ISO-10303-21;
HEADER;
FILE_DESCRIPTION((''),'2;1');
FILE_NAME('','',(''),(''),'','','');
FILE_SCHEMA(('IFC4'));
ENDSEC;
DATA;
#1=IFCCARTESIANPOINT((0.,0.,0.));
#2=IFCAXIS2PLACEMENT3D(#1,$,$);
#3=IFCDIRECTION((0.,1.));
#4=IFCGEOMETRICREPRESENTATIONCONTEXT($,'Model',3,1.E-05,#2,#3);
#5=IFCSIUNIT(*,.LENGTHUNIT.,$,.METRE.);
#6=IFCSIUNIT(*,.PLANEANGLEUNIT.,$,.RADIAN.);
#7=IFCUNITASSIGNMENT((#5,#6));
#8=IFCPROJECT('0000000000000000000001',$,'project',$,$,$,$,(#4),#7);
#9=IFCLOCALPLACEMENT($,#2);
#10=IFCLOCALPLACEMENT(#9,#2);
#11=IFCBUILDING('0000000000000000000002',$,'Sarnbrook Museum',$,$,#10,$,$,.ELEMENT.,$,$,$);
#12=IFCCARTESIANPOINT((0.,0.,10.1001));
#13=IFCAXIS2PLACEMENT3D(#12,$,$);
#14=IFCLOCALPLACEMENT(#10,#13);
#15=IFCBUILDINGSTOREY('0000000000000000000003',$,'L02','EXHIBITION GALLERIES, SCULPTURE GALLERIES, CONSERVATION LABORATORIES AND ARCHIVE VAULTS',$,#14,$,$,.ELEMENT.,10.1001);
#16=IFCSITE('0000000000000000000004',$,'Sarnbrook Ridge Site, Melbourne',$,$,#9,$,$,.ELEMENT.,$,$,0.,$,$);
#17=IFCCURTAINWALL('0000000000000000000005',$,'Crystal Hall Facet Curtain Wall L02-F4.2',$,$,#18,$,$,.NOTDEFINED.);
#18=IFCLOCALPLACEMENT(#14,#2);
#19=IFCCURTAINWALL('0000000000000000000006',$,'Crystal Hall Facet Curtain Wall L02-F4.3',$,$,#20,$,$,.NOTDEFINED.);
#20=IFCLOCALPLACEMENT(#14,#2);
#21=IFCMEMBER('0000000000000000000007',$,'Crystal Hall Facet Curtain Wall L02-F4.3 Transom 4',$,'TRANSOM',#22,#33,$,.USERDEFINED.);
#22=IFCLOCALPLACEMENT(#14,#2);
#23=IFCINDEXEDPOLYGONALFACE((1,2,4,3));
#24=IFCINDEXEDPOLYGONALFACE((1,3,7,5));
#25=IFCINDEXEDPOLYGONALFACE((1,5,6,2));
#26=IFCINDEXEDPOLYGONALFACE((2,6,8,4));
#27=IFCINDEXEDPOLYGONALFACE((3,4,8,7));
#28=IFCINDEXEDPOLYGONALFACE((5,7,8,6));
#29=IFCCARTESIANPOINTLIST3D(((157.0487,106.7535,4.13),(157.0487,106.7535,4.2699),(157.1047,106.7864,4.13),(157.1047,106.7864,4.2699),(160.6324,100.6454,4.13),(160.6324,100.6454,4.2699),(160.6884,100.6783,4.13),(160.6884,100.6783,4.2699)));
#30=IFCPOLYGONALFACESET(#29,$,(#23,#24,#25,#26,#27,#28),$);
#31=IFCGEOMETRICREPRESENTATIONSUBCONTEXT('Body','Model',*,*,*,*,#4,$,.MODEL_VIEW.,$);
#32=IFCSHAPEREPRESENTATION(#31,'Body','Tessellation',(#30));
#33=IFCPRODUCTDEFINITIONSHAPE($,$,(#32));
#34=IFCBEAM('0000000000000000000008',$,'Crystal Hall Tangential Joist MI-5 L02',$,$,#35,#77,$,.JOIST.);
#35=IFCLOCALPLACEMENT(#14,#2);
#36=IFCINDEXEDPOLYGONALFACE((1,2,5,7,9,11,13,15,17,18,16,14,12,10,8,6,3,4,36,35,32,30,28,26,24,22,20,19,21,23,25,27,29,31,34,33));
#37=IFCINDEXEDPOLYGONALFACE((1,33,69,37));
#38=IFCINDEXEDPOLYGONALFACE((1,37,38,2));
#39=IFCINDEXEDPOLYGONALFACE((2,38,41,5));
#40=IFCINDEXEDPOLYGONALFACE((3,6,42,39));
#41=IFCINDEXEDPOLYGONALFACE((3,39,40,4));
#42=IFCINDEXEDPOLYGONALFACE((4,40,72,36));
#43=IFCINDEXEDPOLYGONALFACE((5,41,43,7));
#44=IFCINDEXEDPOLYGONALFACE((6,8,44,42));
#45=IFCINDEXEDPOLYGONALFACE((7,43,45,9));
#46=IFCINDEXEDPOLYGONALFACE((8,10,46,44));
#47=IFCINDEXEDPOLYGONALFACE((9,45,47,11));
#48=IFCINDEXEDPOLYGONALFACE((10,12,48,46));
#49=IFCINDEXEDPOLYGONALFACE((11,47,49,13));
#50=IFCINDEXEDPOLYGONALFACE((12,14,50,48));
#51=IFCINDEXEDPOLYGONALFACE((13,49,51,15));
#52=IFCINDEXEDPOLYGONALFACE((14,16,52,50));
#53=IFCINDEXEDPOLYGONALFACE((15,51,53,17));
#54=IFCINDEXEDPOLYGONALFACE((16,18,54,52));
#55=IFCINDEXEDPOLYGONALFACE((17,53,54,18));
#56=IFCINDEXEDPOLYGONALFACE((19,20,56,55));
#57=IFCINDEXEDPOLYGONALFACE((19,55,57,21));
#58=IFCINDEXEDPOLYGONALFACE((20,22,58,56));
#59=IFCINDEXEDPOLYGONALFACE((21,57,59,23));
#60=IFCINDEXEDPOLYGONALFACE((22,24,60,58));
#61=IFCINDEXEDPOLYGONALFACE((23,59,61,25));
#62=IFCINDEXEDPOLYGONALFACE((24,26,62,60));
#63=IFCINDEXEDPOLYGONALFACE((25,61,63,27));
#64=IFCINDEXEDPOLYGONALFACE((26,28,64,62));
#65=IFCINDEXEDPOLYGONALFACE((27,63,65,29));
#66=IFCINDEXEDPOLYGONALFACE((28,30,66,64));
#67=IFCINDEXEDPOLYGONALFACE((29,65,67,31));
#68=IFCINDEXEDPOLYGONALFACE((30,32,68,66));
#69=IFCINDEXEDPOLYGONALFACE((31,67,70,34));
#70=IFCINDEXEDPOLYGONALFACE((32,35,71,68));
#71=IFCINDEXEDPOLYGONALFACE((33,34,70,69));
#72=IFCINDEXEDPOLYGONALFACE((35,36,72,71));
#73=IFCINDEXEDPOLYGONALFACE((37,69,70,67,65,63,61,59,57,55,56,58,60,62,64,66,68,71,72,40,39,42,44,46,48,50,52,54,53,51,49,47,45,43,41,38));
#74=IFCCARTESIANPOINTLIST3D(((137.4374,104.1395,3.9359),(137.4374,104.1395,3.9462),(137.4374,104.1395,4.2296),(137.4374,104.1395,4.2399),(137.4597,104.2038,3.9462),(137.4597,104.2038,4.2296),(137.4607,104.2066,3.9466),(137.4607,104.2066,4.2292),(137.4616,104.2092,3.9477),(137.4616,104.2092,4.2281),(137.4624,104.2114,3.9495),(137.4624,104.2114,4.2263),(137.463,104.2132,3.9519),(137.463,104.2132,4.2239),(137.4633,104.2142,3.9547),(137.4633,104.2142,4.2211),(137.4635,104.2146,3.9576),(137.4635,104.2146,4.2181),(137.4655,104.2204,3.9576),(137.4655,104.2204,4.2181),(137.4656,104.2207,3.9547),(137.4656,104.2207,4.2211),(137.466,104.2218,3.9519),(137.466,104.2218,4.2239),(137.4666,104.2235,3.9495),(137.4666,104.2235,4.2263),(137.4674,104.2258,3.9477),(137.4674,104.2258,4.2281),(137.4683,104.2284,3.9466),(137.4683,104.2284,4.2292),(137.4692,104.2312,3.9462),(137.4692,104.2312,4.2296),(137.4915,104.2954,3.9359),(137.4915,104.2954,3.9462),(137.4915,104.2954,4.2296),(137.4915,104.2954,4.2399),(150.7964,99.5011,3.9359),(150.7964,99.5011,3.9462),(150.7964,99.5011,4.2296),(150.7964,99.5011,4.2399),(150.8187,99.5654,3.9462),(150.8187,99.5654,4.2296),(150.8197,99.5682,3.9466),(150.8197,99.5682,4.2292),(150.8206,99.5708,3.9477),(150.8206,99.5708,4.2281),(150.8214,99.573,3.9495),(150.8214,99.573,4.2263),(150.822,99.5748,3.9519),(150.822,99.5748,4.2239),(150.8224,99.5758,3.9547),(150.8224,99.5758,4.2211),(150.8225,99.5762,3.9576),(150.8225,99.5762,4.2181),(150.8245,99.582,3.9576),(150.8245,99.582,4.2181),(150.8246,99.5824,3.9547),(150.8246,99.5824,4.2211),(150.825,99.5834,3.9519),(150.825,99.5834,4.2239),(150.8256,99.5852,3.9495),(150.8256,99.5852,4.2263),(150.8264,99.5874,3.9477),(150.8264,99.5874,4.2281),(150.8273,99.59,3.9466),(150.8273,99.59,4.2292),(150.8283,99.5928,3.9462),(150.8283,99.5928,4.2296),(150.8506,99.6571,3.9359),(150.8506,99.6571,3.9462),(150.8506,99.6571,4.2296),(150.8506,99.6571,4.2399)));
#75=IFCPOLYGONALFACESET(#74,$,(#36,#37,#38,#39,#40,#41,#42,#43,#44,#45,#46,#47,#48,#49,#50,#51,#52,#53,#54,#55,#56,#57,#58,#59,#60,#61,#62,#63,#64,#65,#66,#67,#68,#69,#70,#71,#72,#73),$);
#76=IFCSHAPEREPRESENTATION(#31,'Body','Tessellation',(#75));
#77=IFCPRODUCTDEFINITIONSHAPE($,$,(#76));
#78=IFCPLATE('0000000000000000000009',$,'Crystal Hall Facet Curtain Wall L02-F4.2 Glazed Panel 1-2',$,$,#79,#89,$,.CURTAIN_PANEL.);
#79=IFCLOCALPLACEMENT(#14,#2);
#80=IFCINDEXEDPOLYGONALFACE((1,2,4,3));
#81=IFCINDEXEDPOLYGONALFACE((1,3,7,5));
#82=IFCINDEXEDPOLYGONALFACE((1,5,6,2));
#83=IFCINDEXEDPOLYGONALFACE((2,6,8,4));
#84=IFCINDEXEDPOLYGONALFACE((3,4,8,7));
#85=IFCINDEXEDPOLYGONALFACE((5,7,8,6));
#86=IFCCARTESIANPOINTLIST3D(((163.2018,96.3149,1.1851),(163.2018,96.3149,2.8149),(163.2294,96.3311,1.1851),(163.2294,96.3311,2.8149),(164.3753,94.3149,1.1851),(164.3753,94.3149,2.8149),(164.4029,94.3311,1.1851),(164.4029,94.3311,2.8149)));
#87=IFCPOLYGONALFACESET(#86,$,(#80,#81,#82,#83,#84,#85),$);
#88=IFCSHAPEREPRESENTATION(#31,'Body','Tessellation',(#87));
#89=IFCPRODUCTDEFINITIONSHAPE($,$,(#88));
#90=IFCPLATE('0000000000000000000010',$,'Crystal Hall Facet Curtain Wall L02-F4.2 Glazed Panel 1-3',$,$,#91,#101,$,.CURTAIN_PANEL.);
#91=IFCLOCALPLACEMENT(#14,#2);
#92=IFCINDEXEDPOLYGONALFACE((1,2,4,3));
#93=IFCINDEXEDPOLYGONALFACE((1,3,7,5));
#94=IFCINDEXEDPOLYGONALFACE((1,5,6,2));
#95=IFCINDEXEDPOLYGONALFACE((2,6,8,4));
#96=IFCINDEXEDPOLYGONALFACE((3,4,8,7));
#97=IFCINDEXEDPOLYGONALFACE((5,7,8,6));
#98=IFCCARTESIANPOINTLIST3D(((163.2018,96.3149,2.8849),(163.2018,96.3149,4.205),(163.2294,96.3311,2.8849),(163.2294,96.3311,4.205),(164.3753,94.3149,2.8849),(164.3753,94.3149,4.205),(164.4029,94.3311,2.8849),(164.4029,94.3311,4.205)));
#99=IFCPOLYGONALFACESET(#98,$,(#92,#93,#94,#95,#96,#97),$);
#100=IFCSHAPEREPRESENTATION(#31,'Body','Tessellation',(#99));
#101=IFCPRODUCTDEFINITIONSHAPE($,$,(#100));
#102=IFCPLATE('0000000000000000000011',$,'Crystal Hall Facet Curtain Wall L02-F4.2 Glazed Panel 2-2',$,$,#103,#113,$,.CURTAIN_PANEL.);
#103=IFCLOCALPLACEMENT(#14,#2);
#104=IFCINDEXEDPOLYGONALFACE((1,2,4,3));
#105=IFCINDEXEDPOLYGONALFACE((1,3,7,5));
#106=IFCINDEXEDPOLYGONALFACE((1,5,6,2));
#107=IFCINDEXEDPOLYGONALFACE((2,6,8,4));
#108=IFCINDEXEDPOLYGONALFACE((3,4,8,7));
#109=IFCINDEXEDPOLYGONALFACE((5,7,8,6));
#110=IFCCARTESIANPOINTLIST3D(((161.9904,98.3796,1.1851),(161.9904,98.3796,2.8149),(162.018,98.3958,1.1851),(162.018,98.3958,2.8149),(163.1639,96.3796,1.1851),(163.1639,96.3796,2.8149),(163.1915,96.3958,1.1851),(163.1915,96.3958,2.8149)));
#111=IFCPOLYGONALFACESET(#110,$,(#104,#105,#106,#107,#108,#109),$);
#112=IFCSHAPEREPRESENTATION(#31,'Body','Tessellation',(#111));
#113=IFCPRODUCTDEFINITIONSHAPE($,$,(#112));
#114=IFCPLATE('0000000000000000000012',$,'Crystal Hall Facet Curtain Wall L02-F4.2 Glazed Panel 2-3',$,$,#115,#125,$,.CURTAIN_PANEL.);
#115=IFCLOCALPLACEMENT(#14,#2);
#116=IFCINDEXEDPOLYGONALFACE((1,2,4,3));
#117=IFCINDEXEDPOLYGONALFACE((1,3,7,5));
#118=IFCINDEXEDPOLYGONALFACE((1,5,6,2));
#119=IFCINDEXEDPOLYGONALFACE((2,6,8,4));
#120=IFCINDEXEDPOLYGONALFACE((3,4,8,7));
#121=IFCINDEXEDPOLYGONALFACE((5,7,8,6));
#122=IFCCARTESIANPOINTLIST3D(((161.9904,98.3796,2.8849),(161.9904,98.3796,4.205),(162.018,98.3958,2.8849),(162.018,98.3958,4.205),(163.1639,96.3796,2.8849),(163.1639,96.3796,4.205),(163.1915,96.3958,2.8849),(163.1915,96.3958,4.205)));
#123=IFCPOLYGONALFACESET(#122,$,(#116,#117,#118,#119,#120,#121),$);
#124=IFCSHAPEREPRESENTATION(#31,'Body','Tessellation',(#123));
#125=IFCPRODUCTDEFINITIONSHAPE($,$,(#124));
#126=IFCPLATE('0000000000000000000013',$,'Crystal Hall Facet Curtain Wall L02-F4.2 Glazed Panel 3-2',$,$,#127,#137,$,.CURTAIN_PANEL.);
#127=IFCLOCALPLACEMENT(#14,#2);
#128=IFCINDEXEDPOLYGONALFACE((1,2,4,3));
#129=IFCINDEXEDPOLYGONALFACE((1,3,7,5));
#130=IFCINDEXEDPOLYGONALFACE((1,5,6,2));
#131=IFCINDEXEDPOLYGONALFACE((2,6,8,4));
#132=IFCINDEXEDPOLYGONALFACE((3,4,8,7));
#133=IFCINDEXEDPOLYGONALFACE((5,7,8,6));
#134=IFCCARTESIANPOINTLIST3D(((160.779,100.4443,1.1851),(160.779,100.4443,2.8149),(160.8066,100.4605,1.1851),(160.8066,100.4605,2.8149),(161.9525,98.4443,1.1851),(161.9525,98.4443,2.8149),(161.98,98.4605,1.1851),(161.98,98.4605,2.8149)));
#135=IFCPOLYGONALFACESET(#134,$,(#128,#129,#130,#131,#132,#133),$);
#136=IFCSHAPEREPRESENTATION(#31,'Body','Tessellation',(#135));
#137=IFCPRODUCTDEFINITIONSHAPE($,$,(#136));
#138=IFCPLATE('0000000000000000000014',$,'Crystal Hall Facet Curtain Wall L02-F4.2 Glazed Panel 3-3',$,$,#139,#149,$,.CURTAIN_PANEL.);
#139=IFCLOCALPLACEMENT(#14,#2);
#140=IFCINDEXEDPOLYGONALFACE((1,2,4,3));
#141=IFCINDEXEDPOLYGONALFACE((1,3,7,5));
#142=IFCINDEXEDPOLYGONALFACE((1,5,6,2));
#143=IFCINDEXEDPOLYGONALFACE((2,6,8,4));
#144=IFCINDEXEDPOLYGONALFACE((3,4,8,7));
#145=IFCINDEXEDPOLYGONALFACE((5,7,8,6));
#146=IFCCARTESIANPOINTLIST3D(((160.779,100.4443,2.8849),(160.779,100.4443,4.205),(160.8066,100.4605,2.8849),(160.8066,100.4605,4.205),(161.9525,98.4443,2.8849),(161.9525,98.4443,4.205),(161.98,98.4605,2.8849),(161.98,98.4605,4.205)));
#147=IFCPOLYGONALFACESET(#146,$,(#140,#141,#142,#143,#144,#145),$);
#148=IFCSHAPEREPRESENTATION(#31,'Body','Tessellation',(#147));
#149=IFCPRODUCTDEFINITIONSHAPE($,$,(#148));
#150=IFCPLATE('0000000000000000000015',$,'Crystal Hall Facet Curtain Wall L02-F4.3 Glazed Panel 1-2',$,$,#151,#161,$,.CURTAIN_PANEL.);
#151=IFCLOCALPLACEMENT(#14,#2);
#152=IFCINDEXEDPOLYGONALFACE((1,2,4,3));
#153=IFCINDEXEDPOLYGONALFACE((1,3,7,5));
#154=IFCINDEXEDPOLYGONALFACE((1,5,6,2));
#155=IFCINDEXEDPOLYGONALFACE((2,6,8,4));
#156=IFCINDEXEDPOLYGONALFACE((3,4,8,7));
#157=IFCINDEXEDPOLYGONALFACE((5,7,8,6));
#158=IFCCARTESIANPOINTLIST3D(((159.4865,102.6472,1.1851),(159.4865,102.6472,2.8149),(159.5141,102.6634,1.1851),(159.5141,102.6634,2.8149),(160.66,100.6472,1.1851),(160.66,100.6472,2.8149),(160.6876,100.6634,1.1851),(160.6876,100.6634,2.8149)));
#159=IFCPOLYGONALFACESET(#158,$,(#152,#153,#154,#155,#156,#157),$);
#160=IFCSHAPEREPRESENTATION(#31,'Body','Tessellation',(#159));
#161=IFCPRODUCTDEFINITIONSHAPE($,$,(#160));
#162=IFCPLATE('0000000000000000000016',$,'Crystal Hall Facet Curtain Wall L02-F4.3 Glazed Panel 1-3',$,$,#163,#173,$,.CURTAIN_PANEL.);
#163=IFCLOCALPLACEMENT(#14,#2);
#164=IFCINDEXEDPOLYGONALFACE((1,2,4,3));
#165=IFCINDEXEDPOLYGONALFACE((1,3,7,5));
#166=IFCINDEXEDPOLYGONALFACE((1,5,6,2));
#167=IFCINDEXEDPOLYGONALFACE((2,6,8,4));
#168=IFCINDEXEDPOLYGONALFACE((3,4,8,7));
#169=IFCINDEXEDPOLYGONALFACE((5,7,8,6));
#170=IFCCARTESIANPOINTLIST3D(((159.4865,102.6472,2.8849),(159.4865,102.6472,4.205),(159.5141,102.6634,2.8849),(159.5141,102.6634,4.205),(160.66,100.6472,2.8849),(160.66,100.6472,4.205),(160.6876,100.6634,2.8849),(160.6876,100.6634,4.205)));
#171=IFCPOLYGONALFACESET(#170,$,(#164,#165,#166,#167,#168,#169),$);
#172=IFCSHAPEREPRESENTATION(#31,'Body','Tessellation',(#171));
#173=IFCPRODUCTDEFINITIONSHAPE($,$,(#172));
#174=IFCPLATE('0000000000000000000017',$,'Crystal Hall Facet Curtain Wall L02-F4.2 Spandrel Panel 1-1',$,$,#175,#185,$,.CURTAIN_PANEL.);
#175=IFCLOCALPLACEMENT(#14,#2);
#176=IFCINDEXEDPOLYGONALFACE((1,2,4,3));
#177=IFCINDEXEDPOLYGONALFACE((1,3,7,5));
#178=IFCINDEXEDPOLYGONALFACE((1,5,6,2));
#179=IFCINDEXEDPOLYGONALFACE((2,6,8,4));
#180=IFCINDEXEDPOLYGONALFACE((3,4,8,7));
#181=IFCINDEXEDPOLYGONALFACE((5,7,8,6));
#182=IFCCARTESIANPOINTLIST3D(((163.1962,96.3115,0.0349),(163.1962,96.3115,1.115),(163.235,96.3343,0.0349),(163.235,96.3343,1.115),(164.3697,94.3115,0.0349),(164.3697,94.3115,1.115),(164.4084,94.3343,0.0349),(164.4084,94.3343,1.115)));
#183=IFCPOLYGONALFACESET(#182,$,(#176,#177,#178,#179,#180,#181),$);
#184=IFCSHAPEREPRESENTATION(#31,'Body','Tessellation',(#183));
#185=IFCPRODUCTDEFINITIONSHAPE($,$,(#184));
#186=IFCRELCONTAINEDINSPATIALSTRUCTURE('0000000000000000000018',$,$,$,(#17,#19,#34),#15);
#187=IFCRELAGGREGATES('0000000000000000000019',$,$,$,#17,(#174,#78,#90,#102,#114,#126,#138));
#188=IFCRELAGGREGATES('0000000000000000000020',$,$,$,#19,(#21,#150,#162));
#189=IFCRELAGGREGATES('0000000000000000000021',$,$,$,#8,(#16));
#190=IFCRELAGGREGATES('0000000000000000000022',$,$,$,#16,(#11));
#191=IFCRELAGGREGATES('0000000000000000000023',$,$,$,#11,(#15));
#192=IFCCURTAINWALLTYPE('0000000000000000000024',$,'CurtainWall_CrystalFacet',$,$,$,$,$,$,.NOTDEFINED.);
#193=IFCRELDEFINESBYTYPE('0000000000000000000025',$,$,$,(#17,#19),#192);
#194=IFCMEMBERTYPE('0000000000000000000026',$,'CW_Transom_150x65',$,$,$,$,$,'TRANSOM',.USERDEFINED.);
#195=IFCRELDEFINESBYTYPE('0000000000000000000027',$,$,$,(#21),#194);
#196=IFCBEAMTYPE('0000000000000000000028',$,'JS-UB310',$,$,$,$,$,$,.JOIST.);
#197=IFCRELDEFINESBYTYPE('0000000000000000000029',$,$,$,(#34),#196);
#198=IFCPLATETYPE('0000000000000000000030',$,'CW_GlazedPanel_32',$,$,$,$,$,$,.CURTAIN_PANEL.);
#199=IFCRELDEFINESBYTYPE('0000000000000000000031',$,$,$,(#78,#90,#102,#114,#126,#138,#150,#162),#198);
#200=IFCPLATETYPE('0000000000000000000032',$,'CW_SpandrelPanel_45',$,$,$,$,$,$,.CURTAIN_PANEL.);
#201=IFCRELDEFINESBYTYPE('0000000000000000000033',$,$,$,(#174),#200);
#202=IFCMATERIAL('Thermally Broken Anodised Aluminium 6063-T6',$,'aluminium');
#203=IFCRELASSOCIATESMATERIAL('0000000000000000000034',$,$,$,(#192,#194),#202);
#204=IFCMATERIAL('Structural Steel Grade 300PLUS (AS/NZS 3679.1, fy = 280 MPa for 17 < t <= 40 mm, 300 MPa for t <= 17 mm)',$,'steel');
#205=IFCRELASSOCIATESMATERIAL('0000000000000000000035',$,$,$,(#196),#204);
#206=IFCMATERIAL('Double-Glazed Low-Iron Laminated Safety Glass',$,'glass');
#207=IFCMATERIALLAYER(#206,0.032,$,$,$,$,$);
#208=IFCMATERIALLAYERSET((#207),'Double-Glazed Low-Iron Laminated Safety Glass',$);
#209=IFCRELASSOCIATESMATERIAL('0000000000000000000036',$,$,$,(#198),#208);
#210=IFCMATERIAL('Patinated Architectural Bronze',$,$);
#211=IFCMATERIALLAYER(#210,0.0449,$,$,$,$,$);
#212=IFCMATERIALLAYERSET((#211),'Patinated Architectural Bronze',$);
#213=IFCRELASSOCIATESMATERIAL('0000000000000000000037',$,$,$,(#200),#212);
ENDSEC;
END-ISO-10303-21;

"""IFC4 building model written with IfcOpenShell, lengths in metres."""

from ifc_helpers import new_model, si_unit, direction, frame, origin, origin_2d, place, context, subcontext, project, spatial, rectangle, i_section, extrude, material, layer, layer_set, material_profile, profile_set, type_object, element, aggregate, save


model = new_model("IFC4")

# Units and contexts
model_context = context("Model", 3, precision=1e-05, world=origin(), true_north=direction((0.0, 1.0)))
body_context = subcontext(model_context, "Body", "Model", "MODEL_VIEW")
ifc_project = project(units=[si_unit("LENGTHUNIT", "METRE"), si_unit("PLANEANGLEUNIT", "RADIAN")], contexts=[model_context])

# Site, building, storey
site_placement = place(None, origin())
site = spatial("IfcSite", under=ifc_project, at=site_placement, Name="Sarnbrook Ridge Site, Melbourne", CompositionType="ELEMENT", RefElevation=0.0)
building_placement = place(site_placement, origin())
building = spatial("IfcBuilding", under=site, at=building_placement, Name="Sarnbrook Museum", CompositionType="ELEMENT")
storey_placement = place(building_placement, frame((0.0, 0.0, 10.1001)))
storey = spatial("IfcBuildingStorey", under=building, at=storey_placement, Name="L02", Description="EXHIBITION GALLERIES, SCULPTURE GALLERIES, CONSERVATION LABORATORIES AND ARCHIVE VAULTS", CompositionType="ELEMENT", Elevation=10.1001)

# Curtain walls
ifc_material_1 = material(Name="Thermally Broken Anodised Aluminium 6063-T6", Category="aluminium")
curtain_wall_type = type_object("IfcCurtainWallType", Name="CurtainWall_CrystalFacet", PredefinedType="NOTDEFINED", material=ifc_material_1)
curtain_wall_1_placement = place(storey_placement, origin())
curtain_wall_1 = element("IfcCurtainWall", 1, at=curtain_wall_1_placement, inside=storey, type_object=curtain_wall_type, Name="Crystal Hall Facet Curtain Wall L02-F4.2", PredefinedType="NOTDEFINED")
curtain_wall_2_placement = place(storey_placement, origin())
curtain_wall_2 = element("IfcCurtainWall", 2, at=curtain_wall_2_placement, inside=storey, type_object=curtain_wall_type, Name="Crystal Hall Facet Curtain Wall L02-F4.3", PredefinedType="NOTDEFINED")

# Member
ifc_material_profile_1 = material_profile(ifc_material_1, rectangle(XDim=0.0649, YDim=0.1399, at=origin_2d()), Name="ALU TRANSOM 65x140")
ifc_profile_set_1 = profile_set([ifc_material_profile_1], Name="Thermally Broken Anodised Aluminium 6063-T6")
member_type_1 = type_object("IfcMemberType", Name="CW_Transom_150x65", ElementType="TRANSOM", PredefinedType="USERDEFINED", material=ifc_profile_set_1)
member_1_placement = place(storey_placement, frame((160.6604, 100.6619, 4.2), z_axis=(-0.506045, 0.862507, 0.0), x_axis=(-0.862507, -0.506045, 0.0)))
member_1 = element("IfcMember", 3, at=member_1_placement, type_object=member_type_1, Name="Crystal Hall Facet Curtain Wall L02-F4.3 Transom 4", ObjectType="TRANSOM", PredefinedType="USERDEFINED", context=body_context, shape_type="SweptSolid", body=[
    extrude(rectangle(XDim=0.0649, YDim=0.1399, at=origin_2d()), origin(), (0.0, 0.0, 1.0), 7.0818),
])

# Beam
ifc_material_2 = material(Name="Structural Steel Grade 300PLUS (AS/NZS 3679.1, fy = 280 MPa for 17 < t <= 40 mm, 300 MPa for t <= 17 mm)", Category="steel")
ifc_material_profile_2 = material_profile(ifc_material_2, i_section(OverallWidth=0.165, OverallDepth=0.304, WebThickness=0.0061, FlangeThickness=0.0103, FilletRadius=0.0115, at=origin_2d()), Name="310UB40.4")
ifc_profile_set_2 = profile_set([ifc_material_profile_2], Name="Structural Steel Grade 300PLUS (AS/NZS 3679.1, fy = 280 MPa for 17 < t <= 40 mm, 300 MPa for t <= 17 mm)")
beam_type_1 = type_object("IfcBeamType", Name="JS-UB310", PredefinedType="JOIST", material=ifc_profile_set_2)
beam_1_placement = place(storey_placement, frame((150.8235, 99.5791, 4.0879), z_axis=(-0.944677, 0.328002, 0.0), x_axis=(-0.328002, -0.944677, 0.0)))
element("IfcBeam", 4, at=beam_1_placement, inside=storey, type_object=beam_type_1, Name="Crystal Hall Tangential Joist MI-5 L02", PredefinedType="JOIST", context=body_context, shape_type="SweptSolid", body=[
    extrude(i_section(OverallWidth=0.165, OverallDepth=0.304, WebThickness=0.0061, FlangeThickness=0.0103, FilletRadius=0.0115, at=origin_2d()), origin(), (0.0, 0.0, 1.0), 14.1414),
])

# Plates
ifc_material_3 = material(Name="Double-Glazed Low-Iron Laminated Safety Glass", Category="glass")
ifc_layer_1 = layer(ifc_material_3, 0.032)
ifc_layer_set_1 = layer_set([ifc_layer_1], Name="Double-Glazed Low-Iron Laminated Safety Glass")
plate_type_1 = type_object("IfcPlateType", Name="CW_GlazedPanel_32", PredefinedType="CURTAIN_PANEL", material=ifc_layer_set_1)
plate_1_placement = place(storey_placement, frame((163.7886, 95.3149, 2.0), z_axis=(0.862498, 0.506061, 0.0), x_axis=(-0.506061, 0.862498, 0.0)))
plate_1 = element("IfcPlate", 5, at=plate_1_placement, type_object=plate_type_1, Name="Crystal Hall Facet Curtain Wall L02-F4.2 Glazed Panel 1-2", PredefinedType="CURTAIN_PANEL", context=body_context, shape_type="SweptSolid", body=[
    extrude(rectangle(XDim=2.3188, YDim=1.6299, at=origin_2d()), origin(), (0.0, 0.0, 1.0), 0.032),
])
plate_2_placement = place(storey_placement, frame((163.7886, 95.3149, 3.5449), z_axis=(0.862498, 0.506061, 0.0), x_axis=(-0.506061, 0.862498, 0.0)))
plate_2 = element("IfcPlate", 6, at=plate_2_placement, type_object=plate_type_1, Name="Crystal Hall Facet Curtain Wall L02-F4.2 Glazed Panel 1-3", PredefinedType="CURTAIN_PANEL", context=body_context, shape_type="SweptSolid", body=[
    extrude(rectangle(XDim=2.3188, YDim=1.3201, at=origin_2d()), origin(), (0.0, 0.0, 1.0), 0.032),
])
plate_3_placement = place(storey_placement, frame((162.5771, 97.3796, 2.0), z_axis=(0.862498, 0.506061, 0.0), x_axis=(-0.506061, 0.862498, 0.0)))
plate_3 = element("IfcPlate", 7, at=plate_3_placement, type_object=plate_type_1, Name="Crystal Hall Facet Curtain Wall L02-F4.2 Glazed Panel 2-2", PredefinedType="CURTAIN_PANEL", context=body_context, shape_type="SweptSolid", body=[
    extrude(rectangle(XDim=2.3188, YDim=1.6299, at=origin_2d()), origin(), (0.0, 0.0, 1.0), 0.032),
])
plate_4_placement = place(storey_placement, frame((162.5771, 97.3796, 3.5449), z_axis=(0.862498, 0.506061, 0.0), x_axis=(-0.506061, 0.862498, 0.0)))
plate_4 = element("IfcPlate", 8, at=plate_4_placement, type_object=plate_type_1, Name="Crystal Hall Facet Curtain Wall L02-F4.2 Glazed Panel 2-3", PredefinedType="CURTAIN_PANEL", context=body_context, shape_type="SweptSolid", body=[
    extrude(rectangle(XDim=2.3188, YDim=1.3201, at=origin_2d()), origin(), (0.0, 0.0, 1.0), 0.032),
])
plate_5_placement = place(storey_placement, frame((161.3657, 99.4443, 2.0), z_axis=(0.862498, 0.506061, 0.0), x_axis=(-0.506061, 0.862498, 0.0)))
plate_5 = element("IfcPlate", 9, at=plate_5_placement, type_object=plate_type_1, Name="Crystal Hall Facet Curtain Wall L02-F4.2 Glazed Panel 3-2", PredefinedType="CURTAIN_PANEL", context=body_context, shape_type="SweptSolid", body=[
    extrude(rectangle(XDim=2.3188, YDim=1.6299, at=origin_2d()), origin(), (0.0, 0.0, 1.0), 0.032),
])
plate_6_placement = place(storey_placement, frame((161.3657, 99.4443, 3.5449), z_axis=(0.862498, 0.506061, 0.0), x_axis=(-0.506061, 0.862498, 0.0)))
plate_6 = element("IfcPlate", 10, at=plate_6_placement, type_object=plate_type_1, Name="Crystal Hall Facet Curtain Wall L02-F4.2 Glazed Panel 3-3", PredefinedType="CURTAIN_PANEL", context=body_context, shape_type="SweptSolid", body=[
    extrude(rectangle(XDim=2.3188, YDim=1.3201, at=origin_2d()), origin(), (0.0, 0.0, 1.0), 0.032),
])
plate_7_placement = place(storey_placement, frame((160.0732, 101.6472, 2.0), z_axis=(0.862498, 0.506061, 0.0), x_axis=(-0.506061, 0.862498, 0.0)))
plate_7 = element("IfcPlate", 11, at=plate_7_placement, type_object=plate_type_1, Name="Crystal Hall Facet Curtain Wall L02-F4.3 Glazed Panel 1-2", PredefinedType="CURTAIN_PANEL", context=body_context, shape_type="SweptSolid", body=[
    extrude(rectangle(XDim=2.3188, YDim=1.6299, at=origin_2d()), origin(), (0.0, 0.0, 1.0), 0.032),
])
plate_8_placement = place(storey_placement, frame((160.0732, 101.6472, 3.5449), z_axis=(0.862498, 0.506061, 0.0), x_axis=(-0.506061, 0.862498, 0.0)))
plate_8 = element("IfcPlate", 12, at=plate_8_placement, type_object=plate_type_1, Name="Crystal Hall Facet Curtain Wall L02-F4.3 Glazed Panel 1-3", PredefinedType="CURTAIN_PANEL", context=body_context, shape_type="SweptSolid", body=[
    extrude(rectangle(XDim=2.3188, YDim=1.3201, at=origin_2d()), origin(), (0.0, 0.0, 1.0), 0.032),
])
ifc_material_4 = material(Name="Patinated Architectural Bronze")
ifc_layer_2 = layer(ifc_material_4, 0.0449)
ifc_layer_set_2 = layer_set([ifc_layer_2], Name="Patinated Architectural Bronze")
plate_type_2 = type_object("IfcPlateType", Name="CW_SpandrelPanel_45", PredefinedType="CURTAIN_PANEL", material=ifc_layer_set_2)
plate_9_placement = place(storey_placement, frame((163.783, 95.3115, 0.575), z_axis=(0.862498, 0.506061, 0.0), x_axis=(-0.506061, 0.862498, 0.0)))
plate_9 = element("IfcPlate", 13, at=plate_9_placement, type_object=plate_type_2, Name="Crystal Hall Facet Curtain Wall L02-F4.2 Spandrel Panel 1-1", PredefinedType="CURTAIN_PANEL", context=body_context, shape_type="SweptSolid", body=[
    extrude(rectangle(XDim=2.3188, YDim=1.0801, at=origin_2d()), origin(), (0.0, 0.0, 1.0), 0.0449),
])
aggregate(curtain_wall_1, [plate_9, plate_1, plate_2, plate_3, plate_4, plate_5, plate_6])
aggregate(curtain_wall_2, [member_1, plate_7, plate_8])

save(model, "model.ifc")
